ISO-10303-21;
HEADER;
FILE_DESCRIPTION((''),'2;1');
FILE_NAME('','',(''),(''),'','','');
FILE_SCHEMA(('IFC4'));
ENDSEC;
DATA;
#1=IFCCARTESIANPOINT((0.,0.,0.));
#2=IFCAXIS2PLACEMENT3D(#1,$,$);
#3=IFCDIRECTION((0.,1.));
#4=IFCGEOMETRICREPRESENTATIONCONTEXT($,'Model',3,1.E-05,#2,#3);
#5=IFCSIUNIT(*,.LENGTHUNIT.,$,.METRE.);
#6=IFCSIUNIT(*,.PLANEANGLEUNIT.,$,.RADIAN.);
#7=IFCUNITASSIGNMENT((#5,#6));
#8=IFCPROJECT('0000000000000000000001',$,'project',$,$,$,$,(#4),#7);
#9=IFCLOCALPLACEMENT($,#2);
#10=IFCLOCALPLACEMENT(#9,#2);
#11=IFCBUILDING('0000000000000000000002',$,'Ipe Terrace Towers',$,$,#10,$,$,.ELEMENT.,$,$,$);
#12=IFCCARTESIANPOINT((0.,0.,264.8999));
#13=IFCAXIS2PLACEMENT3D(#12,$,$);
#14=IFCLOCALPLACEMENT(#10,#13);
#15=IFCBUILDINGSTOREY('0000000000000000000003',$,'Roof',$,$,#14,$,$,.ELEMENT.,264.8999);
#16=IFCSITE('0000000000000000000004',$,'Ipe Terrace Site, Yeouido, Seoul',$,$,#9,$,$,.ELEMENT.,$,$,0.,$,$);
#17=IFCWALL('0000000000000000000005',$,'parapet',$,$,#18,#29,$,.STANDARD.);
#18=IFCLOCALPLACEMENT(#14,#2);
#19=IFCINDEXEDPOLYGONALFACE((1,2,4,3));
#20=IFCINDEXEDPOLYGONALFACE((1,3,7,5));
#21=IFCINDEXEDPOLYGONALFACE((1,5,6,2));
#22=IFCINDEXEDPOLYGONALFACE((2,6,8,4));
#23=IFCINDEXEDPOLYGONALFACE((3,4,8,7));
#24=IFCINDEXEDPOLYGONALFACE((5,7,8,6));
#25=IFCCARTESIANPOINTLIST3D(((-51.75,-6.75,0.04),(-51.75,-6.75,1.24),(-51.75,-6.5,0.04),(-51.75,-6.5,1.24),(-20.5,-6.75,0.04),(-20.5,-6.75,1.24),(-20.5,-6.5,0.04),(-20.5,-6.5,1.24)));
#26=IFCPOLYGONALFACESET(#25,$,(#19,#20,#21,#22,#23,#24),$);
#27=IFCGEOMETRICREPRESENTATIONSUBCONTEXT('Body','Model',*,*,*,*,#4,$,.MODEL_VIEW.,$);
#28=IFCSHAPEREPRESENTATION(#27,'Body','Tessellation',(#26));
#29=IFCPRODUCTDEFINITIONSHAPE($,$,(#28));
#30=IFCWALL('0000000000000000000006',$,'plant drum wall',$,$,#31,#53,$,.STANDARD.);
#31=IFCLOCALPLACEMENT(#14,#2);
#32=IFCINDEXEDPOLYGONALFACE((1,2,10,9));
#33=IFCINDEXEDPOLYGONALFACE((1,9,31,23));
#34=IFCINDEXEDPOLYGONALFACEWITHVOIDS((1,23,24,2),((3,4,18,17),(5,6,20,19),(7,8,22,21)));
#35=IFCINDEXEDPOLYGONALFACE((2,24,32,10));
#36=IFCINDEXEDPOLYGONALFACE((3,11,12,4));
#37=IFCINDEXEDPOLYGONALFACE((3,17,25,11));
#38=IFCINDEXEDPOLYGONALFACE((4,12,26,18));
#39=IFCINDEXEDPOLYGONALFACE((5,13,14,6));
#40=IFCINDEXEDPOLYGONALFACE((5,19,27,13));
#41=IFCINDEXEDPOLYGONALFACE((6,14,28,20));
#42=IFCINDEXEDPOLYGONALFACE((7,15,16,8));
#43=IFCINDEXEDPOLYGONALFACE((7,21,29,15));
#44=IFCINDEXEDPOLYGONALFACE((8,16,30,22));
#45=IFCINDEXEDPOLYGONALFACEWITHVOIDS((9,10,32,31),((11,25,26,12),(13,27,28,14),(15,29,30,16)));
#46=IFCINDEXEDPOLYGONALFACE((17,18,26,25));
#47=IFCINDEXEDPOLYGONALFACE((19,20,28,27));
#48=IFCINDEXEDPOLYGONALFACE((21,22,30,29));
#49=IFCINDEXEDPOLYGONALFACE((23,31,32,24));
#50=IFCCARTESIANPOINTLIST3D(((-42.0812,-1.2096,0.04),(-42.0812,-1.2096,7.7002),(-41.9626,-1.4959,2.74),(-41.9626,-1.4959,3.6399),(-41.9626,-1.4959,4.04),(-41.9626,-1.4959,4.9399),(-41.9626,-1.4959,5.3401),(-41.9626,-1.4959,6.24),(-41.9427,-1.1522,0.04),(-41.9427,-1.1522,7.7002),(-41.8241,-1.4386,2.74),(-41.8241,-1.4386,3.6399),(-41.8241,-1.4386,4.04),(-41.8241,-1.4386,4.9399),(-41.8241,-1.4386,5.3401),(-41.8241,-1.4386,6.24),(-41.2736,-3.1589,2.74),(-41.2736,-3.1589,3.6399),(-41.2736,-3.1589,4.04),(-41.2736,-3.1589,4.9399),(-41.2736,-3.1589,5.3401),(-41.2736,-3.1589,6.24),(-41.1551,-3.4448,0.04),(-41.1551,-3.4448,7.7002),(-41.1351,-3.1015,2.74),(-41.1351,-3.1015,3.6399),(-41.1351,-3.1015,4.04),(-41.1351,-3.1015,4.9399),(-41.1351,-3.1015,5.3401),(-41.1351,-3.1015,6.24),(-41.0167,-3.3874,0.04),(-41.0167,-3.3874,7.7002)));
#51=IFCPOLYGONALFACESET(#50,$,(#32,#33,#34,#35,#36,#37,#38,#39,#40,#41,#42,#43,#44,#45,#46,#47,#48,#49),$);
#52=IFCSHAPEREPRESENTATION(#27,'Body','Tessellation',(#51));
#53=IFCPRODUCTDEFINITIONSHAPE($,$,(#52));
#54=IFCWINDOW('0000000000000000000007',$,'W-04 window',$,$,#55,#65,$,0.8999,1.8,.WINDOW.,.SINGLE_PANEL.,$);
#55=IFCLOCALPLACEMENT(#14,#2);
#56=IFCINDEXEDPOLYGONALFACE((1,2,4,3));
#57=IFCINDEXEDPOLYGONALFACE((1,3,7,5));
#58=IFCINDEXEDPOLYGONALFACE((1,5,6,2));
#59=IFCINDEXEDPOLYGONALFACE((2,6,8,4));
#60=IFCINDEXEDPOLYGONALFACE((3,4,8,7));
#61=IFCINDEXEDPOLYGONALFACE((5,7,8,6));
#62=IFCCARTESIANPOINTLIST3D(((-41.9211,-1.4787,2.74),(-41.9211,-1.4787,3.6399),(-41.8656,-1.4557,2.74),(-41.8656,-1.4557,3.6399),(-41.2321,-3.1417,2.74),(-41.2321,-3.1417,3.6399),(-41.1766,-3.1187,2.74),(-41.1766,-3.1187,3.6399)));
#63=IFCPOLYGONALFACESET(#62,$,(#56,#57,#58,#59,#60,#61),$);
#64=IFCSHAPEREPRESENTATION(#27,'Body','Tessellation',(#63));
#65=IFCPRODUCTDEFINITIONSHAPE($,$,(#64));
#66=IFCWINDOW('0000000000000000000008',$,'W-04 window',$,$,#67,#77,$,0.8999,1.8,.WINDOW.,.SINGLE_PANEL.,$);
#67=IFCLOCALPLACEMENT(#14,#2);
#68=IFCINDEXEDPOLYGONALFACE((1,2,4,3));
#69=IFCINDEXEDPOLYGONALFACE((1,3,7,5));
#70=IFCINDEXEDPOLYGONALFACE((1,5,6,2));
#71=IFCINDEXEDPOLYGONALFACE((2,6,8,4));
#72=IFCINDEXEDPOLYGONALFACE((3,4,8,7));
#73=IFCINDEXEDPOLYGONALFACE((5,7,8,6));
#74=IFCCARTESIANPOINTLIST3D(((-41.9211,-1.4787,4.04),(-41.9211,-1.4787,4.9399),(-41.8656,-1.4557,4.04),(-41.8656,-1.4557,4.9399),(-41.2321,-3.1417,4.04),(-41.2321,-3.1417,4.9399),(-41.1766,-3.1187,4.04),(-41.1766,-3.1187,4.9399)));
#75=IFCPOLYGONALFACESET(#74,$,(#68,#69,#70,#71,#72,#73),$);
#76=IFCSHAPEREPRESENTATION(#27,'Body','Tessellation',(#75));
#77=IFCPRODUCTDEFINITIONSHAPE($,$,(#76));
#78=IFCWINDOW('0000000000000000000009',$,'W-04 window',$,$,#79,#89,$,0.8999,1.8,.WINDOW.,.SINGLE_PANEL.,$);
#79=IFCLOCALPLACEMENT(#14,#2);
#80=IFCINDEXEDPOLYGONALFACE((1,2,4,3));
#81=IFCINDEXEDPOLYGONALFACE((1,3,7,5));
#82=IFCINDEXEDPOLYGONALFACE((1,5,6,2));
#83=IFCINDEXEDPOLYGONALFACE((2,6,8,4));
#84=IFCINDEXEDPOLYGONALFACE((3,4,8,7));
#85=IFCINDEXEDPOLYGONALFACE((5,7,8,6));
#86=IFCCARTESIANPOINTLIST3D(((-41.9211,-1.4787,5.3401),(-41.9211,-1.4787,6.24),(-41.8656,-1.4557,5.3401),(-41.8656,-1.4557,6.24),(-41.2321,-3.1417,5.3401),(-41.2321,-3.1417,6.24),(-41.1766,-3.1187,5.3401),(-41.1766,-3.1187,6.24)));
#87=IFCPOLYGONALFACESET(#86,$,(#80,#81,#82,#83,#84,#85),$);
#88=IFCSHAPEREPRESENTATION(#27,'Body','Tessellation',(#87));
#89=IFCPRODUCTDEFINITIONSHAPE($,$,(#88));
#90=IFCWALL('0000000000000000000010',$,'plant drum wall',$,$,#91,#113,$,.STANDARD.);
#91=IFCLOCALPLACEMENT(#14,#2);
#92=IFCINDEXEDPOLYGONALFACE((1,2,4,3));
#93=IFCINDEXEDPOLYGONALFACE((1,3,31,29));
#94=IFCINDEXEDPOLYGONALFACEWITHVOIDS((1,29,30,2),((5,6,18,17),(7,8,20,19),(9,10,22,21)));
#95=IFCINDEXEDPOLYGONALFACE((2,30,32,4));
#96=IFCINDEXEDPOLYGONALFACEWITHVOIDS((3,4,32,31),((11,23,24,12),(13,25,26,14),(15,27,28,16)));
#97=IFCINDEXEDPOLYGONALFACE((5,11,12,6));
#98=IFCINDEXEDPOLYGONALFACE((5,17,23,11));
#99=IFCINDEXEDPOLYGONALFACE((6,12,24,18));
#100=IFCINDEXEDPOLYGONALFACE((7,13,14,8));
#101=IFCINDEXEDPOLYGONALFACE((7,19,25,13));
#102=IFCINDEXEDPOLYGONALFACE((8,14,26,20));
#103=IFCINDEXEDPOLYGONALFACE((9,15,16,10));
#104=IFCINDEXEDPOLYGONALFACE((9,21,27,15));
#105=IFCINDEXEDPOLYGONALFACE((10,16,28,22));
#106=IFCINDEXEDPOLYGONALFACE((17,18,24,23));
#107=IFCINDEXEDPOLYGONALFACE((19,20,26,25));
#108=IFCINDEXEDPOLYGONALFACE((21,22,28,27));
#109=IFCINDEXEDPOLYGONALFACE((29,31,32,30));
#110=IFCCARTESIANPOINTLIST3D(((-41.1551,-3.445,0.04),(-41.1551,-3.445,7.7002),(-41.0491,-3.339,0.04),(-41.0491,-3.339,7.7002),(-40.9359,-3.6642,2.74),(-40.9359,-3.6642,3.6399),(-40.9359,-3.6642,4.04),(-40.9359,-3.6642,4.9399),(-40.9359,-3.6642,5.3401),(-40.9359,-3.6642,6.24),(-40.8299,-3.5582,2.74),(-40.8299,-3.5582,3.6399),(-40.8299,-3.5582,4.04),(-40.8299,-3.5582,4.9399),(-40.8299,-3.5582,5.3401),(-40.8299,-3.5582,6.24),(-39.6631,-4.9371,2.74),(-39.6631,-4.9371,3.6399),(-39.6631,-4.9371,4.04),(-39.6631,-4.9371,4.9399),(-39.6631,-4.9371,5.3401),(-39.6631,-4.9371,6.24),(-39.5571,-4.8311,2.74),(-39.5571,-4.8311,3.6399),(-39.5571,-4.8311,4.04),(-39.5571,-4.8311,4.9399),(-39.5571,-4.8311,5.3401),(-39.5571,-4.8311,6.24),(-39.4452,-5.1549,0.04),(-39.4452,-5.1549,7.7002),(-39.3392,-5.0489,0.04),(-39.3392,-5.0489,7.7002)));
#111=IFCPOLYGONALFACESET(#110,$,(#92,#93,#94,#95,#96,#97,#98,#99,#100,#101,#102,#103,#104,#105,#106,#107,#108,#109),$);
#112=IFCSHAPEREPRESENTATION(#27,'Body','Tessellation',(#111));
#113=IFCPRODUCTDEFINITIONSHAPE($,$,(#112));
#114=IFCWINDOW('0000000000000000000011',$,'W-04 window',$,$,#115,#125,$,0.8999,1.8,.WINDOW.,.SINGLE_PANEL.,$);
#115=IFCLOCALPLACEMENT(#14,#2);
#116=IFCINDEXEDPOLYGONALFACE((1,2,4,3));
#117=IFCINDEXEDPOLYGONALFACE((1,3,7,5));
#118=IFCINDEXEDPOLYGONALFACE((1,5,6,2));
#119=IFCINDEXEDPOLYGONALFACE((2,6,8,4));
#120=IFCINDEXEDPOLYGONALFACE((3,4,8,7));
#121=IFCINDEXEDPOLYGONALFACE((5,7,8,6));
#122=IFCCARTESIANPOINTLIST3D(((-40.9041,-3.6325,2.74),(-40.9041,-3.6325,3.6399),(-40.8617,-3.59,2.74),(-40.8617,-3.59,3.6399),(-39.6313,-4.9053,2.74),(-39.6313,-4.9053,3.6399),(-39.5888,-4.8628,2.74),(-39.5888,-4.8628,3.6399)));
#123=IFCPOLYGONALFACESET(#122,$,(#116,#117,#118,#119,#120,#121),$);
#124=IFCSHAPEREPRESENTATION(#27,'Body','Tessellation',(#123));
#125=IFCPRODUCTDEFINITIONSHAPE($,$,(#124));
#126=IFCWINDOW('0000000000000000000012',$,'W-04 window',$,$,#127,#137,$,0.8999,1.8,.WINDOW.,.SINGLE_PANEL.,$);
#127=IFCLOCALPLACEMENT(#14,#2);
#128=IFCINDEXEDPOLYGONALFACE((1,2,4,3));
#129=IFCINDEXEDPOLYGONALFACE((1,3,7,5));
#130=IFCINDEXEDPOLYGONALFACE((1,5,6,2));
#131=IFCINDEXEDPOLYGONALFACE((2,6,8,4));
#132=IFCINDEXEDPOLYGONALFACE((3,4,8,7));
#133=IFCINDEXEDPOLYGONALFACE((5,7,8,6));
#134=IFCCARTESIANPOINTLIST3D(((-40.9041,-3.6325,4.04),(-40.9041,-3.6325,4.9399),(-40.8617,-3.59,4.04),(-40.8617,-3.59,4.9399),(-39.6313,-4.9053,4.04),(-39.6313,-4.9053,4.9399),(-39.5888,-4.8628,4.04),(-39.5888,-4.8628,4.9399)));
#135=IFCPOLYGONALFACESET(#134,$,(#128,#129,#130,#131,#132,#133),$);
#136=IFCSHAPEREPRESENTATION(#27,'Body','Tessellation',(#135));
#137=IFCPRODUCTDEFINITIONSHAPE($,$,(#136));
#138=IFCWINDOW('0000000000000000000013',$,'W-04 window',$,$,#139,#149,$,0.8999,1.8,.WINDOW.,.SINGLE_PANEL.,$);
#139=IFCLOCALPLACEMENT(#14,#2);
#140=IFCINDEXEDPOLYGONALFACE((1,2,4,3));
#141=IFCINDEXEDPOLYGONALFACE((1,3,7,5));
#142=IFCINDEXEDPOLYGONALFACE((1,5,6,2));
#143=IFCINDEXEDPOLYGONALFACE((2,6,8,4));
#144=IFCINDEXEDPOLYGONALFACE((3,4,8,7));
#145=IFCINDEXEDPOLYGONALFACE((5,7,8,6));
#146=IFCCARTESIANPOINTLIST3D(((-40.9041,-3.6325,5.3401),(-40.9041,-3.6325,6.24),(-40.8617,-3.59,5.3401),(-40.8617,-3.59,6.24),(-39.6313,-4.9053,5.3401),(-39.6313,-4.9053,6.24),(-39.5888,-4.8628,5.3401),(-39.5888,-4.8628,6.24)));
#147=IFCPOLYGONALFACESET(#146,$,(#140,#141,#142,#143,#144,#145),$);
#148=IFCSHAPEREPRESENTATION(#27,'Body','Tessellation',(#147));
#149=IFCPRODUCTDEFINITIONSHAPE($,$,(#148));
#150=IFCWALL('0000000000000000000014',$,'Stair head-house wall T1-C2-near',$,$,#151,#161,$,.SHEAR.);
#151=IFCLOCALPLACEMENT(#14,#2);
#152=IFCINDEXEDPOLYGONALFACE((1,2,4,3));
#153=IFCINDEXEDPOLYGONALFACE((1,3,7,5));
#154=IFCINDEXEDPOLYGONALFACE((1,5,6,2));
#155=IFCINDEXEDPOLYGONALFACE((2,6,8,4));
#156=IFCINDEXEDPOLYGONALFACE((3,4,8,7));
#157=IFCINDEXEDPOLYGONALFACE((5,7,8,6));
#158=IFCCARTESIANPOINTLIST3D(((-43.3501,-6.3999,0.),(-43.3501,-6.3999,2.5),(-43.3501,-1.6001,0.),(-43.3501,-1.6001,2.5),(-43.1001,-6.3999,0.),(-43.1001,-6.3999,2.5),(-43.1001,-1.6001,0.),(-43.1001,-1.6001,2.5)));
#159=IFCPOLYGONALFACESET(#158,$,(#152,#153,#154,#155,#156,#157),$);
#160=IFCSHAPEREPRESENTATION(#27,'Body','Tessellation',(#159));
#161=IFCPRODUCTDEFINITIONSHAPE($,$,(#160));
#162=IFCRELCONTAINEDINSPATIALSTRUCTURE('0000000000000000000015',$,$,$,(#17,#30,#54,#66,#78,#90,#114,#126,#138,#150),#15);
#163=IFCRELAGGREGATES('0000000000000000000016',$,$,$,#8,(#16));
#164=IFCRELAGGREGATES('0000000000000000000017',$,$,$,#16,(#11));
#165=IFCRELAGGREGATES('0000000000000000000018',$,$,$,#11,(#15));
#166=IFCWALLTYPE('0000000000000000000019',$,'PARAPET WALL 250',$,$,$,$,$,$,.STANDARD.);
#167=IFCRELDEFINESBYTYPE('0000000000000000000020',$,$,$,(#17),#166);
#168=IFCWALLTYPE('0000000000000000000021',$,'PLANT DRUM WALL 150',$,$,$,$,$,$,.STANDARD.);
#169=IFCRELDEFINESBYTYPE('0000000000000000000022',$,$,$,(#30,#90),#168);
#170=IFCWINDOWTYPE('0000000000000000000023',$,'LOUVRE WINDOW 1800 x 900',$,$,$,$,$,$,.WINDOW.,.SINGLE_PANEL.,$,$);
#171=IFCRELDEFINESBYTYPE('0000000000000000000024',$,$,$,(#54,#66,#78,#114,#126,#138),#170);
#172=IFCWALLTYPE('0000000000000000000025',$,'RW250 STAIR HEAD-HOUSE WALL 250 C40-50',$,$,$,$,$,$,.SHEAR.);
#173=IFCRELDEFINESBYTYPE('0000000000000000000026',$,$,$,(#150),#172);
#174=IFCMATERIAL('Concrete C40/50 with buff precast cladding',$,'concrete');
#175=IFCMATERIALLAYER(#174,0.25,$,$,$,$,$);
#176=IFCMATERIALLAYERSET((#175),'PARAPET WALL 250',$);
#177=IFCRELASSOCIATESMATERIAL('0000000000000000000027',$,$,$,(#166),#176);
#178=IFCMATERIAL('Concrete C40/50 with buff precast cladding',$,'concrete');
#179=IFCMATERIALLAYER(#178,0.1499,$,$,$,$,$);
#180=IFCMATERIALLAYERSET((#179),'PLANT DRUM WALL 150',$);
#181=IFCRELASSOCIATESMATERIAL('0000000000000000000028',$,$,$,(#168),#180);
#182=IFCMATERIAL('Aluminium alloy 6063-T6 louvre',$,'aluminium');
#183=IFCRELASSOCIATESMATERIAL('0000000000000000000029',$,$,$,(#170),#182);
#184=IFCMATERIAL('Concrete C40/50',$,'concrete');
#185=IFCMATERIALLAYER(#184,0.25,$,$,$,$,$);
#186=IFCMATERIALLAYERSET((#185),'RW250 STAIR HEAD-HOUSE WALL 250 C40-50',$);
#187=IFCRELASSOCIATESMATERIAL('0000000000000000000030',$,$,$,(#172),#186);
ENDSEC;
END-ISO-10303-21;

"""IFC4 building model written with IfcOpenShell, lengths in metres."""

from ifc_helpers import new_model, si_unit, direction, frame, frame_2d, origin, place, context, subcontext, project, spatial, rectangle, extrude, material, layer, layer_set, type_object, element, fill, save


model = new_model("IFC4")

# Units and contexts
model_context = context("Model", 3, precision=1e-05, world=origin(), true_north=direction((0.0, 1.0)))
body_context = subcontext(model_context, "Body", "Model", "MODEL_VIEW")
ifc_project = project(units=[si_unit("LENGTHUNIT", "METRE"), si_unit("PLANEANGLEUNIT", "RADIAN")], contexts=[model_context])

# Site, building, storey
site_placement = place(None, origin())
site = spatial("IfcSite", under=ifc_project, at=site_placement, Name="Ipe Terrace Site, Yeouido, Seoul", CompositionType="ELEMENT", RefElevation=0.0)
building_placement = place(site_placement, origin())
building = spatial("IfcBuilding", under=site, at=building_placement, Name="Ipe Terrace Towers", CompositionType="ELEMENT")
storey_placement = place(building_placement, frame((0.0, 0.0, 264.8999)))
storey = spatial("IfcBuildingStorey", under=building, at=storey_placement, Name="Roof", CompositionType="ELEMENT", Elevation=264.8999)

# Wall
ifc_material_1 = material(Name="Concrete C40/50 with buff precast cladding", Category="concrete")
ifc_layer_1 = layer(ifc_material_1, 0.25)
ifc_layer_set_1 = layer_set([ifc_layer_1], Name="PARAPET WALL 250")
wall_type_1 = type_object("IfcWallType", Name="PARAPET WALL 250", PredefinedType="STANDARD", material=ifc_layer_set_1)
wall_1_placement = place(storey_placement, frame((-51.75, -6.625, 0.04), z_axis=(0.0, 0.0, 1.0), x_axis=(1.0, 0.0, 0.0)))
element("IfcWall", 1, at=wall_1_placement, inside=storey, type_object=wall_type_1, Name="parapet", PredefinedType="STANDARD", context=body_context, shape_type="SweptSolid", body=[
    extrude(rectangle(XDim=31.25, YDim=0.25, at=frame_2d((15.625, 0.0))), origin(), (0.0, 0.0, 1.0), 1.2),
])

# Walls, openings, windows
ifc_material_2 = material(Name="Concrete C40/50 with buff precast cladding", Category="concrete")
ifc_layer_2 = layer(ifc_material_2, 0.1499)
ifc_layer_set_2 = layer_set([ifc_layer_2], Name="PLANT DRUM WALL 150")
wall_type_2 = type_object("IfcWallType", Name="PLANT DRUM WALL 150", PredefinedType="STANDARD", material=ifc_layer_set_2)
wall_2_placement = place(storey_placement, frame((-42.012, -1.1809, 0.04), z_axis=(0.0, 0.0, 1.0), x_axis=(0.382759, -0.923848, 0.0)))
wall_2 = element("IfcWall", 2, at=wall_2_placement, inside=storey, type_object=wall_type_2, Name="plant drum wall", PredefinedType="STANDARD", context=body_context, shape_type="SweptSolid", body=[
    extrude(rectangle(XDim=2.4194, YDim=0.1499, at=frame_2d((1.2097, 0.0))), origin(), (0.0, 0.0, 1.0), 7.6602),
])
opening_1_placement = place(wall_2_placement, frame((0.3101, 0.0, 2.7)))
opening_1 = element("IfcOpeningElement", 3, at=opening_1_placement, cuts=wall_2, PredefinedType="OPENING", context=body_context, shape_type="SweptSolid", body=[
    extrude(rectangle(XDim=1.8, YDim=0.8999, at=frame_2d((0.8999, 0.45))), frame((0.0, 0.085, 0.0), z_axis=(0.0, -1.0, 0.0), x_axis=(1.0, 0.0, 0.0)), (0.0, 0.0, 1.0), 0.1699),
])
opening_2_placement = place(wall_2_placement, frame((0.3101, 0.0, 4.0)))
opening_2 = element("IfcOpeningElement", 4, at=opening_2_placement, cuts=wall_2, PredefinedType="OPENING", context=body_context, shape_type="SweptSolid", body=[
    extrude(rectangle(XDim=1.8, YDim=0.8999, at=frame_2d((0.8999, 0.45))), frame((0.0, 0.085, 0.0), z_axis=(0.0, -1.0, 0.0), x_axis=(1.0, 0.0, 0.0)), (0.0, 0.0, 1.0), 0.1699),
])
opening_3_placement = place(wall_2_placement, frame((0.3101, 0.0, 5.3)))
opening_3 = element("IfcOpeningElement", 5, at=opening_3_placement, cuts=wall_2, PredefinedType="OPENING", context=body_context, shape_type="SweptSolid", body=[
    extrude(rectangle(XDim=1.8, YDim=0.8999, at=frame_2d((0.8999, 0.45))), frame((0.0, 0.085, 0.0), z_axis=(0.0, -1.0, 0.0), x_axis=(1.0, 0.0, 0.0)), (0.0, 0.0, 1.0), 0.1699),
])
ifc_material_3 = material(Name="Aluminium alloy 6063-T6 louvre", Category="aluminium")
window_type = type_object("IfcWindowType", Name="LOUVRE WINDOW 1800 x 900", PartitioningType="SINGLE_PANEL", PredefinedType="WINDOW", material=ifc_material_3)
window_1_placement = place(opening_1_placement, origin())
window_1 = element("IfcWindow", 6, at=window_1_placement, inside=storey, type_object=window_type, Name="W-04 window", OverallHeight=0.8999, OverallWidth=1.8, PartitioningType="SINGLE_PANEL", PredefinedType="WINDOW", context=body_context, shape_type="SweptSolid", body=[
    extrude(rectangle(XDim=1.8, YDim=0.8999, at=frame_2d((0.8999, 0.45))), frame((0.0, 0.03, 0.0), z_axis=(0.0, -1.0, 0.0), x_axis=(1.0, 0.0, 0.0)), (0.0, 0.0, 1.0), 0.0601),
])
fill(opening_1, window_1)
window_2_placement = place(opening_2_placement, origin())
window_2 = element("IfcWindow", 7, at=window_2_placement, inside=storey, type_object=window_type, Name="W-04 window", OverallHeight=0.8999, OverallWidth=1.8, PartitioningType="SINGLE_PANEL", PredefinedType="WINDOW", context=body_context, shape_type="SweptSolid", body=[
    extrude(rectangle(XDim=1.8, YDim=0.8999, at=frame_2d((0.8999, 0.45))), frame((0.0, 0.03, 0.0), z_axis=(0.0, -1.0, 0.0), x_axis=(1.0, 0.0, 0.0)), (0.0, 0.0, 1.0), 0.0601),
])
fill(opening_2, window_2)
window_3_placement = place(opening_3_placement, origin())
window_3 = element("IfcWindow", 8, at=window_3_placement, inside=storey, type_object=window_type, Name="W-04 window", OverallHeight=0.8999, OverallWidth=1.8, PartitioningType="SINGLE_PANEL", PredefinedType="WINDOW", context=body_context, shape_type="SweptSolid", body=[
    extrude(rectangle(XDim=1.8, YDim=0.8999, at=frame_2d((0.8999, 0.45))), frame((0.0, 0.03, 0.0), z_axis=(0.0, -1.0, 0.0), x_axis=(1.0, 0.0, 0.0)), (0.0, 0.0, 1.0), 0.0601),
])
fill(opening_3, window_3)
wall_3_placement = place(storey_placement, frame((-41.1021, -3.3921, 0.04), z_axis=(0.0, 0.0, 1.0), x_axis=(0.707107, -0.707107, 0.0)))
wall_3 = element("IfcWall", 9, at=wall_3_placement, inside=storey, type_object=wall_type_2, Name="plant drum wall", PredefinedType="STANDARD", context=body_context, shape_type="SweptSolid", body=[
    extrude(rectangle(XDim=2.4182, YDim=0.1499, at=frame_2d((1.209, 0.0))), origin(), (0.0, 0.0, 1.0), 7.6602),
])
opening_4_placement = place(wall_3_placement, frame((0.3101, 0.0, 2.7)))
opening_4 = element("IfcOpeningElement", 10, at=opening_4_placement, cuts=wall_3, PredefinedType="OPENING", context=body_context, shape_type="SweptSolid", body=[
    extrude(rectangle(XDim=1.8, YDim=0.8999, at=frame_2d((0.8999, 0.45))), frame((0.0, 0.085, 0.0), z_axis=(0.0, -1.0, 0.0), x_axis=(1.0, 0.0, 0.0)), (0.0, 0.0, 1.0), 0.1699),
])
opening_5_placement = place(wall_3_placement, frame((0.3101, 0.0, 4.0)))
opening_5 = element("IfcOpeningElement", 11, at=opening_5_placement, cuts=wall_3, PredefinedType="OPENING", context=body_context, shape_type="SweptSolid", body=[
    extrude(rectangle(XDim=1.8, YDim=0.8999, at=frame_2d((0.8999, 0.45))), frame((0.0, 0.085, 0.0), z_axis=(0.0, -1.0, 0.0), x_axis=(1.0, 0.0, 0.0)), (0.0, 0.0, 1.0), 0.1699),
])
opening_6_placement = place(wall_3_placement, frame((0.3101, 0.0, 5.3)))
opening_6 = element("IfcOpeningElement", 12, at=opening_6_placement, cuts=wall_3, PredefinedType="OPENING", context=body_context, shape_type="SweptSolid", body=[
    extrude(rectangle(XDim=1.8, YDim=0.8999, at=frame_2d((0.8999, 0.45))), frame((0.0, 0.085, 0.0), z_axis=(0.0, -1.0, 0.0), x_axis=(1.0, 0.0, 0.0)), (0.0, 0.0, 1.0), 0.1699),
])
window_4_placement = place(opening_4_placement, origin())
window_4 = element("IfcWindow", 13, at=window_4_placement, inside=storey, type_object=window_type, Name="W-04 window", OverallHeight=0.8999, OverallWidth=1.8, PartitioningType="SINGLE_PANEL", PredefinedType="WINDOW", context=body_context, shape_type="SweptSolid", body=[
    extrude(rectangle(XDim=1.8, YDim=0.8999, at=frame_2d((0.8999, 0.45))), frame((0.0, 0.03, 0.0), z_axis=(0.0, -1.0, 0.0), x_axis=(1.0, 0.0, 0.0)), (0.0, 0.0, 1.0), 0.0601),
])
fill(opening_4, window_4)
window_5_placement = place(opening_5_placement, origin())
window_5 = element("IfcWindow", 14, at=window_5_placement, inside=storey, type_object=window_type, Name="W-04 window", OverallHeight=0.8999, OverallWidth=1.8, PartitioningType="SINGLE_PANEL", PredefinedType="WINDOW", context=body_context, shape_type="SweptSolid", body=[
    extrude(rectangle(XDim=1.8, YDim=0.8999, at=frame_2d((0.8999, 0.45))), frame((0.0, 0.03, 0.0), z_axis=(0.0, -1.0, 0.0), x_axis=(1.0, 0.0, 0.0)), (0.0, 0.0, 1.0), 0.0601),
])
fill(opening_5, window_5)
window_6_placement = place(opening_6_placement, origin())
window_6 = element("IfcWindow", 15, at=window_6_placement, inside=storey, type_object=window_type, Name="W-04 window", OverallHeight=0.8999, OverallWidth=1.8, PartitioningType="SINGLE_PANEL", PredefinedType="WINDOW", context=body_context, shape_type="SweptSolid", body=[
    extrude(rectangle(XDim=1.8, YDim=0.8999, at=frame_2d((0.8999, 0.45))), frame((0.0, 0.03, 0.0), z_axis=(0.0, -1.0, 0.0), x_axis=(1.0, 0.0, 0.0)), (0.0, 0.0, 1.0), 0.0601),
])
fill(opening_6, window_6)

# Wall
ifc_material_4 = material(Name="Concrete C40/50", Category="concrete")
ifc_layer_3 = layer(ifc_material_4, 0.25)
ifc_layer_set_3 = layer_set([ifc_layer_3], Name="RW250 STAIR HEAD-HOUSE WALL 250 C40-50")
wall_type_3 = type_object("IfcWallType", Name="RW250 STAIR HEAD-HOUSE WALL 250 C40-50", PredefinedType="SHEAR", material=ifc_layer_set_3)
for number, where, z_axis, x_axis, name in (
    (16, (-43.2251, -1.6001, 0.0), (0.0, 0.0, 1.0), (0.0, -1.0, 0.0), "Stair head-house wall T1-C2-near"),
):
    element("IfcWall", number, at=place(storey_placement, frame(where, z_axis=z_axis, x_axis=x_axis)), inside=storey, type_object=wall_type_3, Name=name, PredefinedType="SHEAR", context=body_context, shape_type="SweptSolid", body=[
        extrude(rectangle(XDim=4.7998, YDim=0.25, at=frame_2d((2.3999, 0.0))), origin(), (0.0, 0.0, 1.0), 2.5),
    ])

save(model, "model.ifc")
